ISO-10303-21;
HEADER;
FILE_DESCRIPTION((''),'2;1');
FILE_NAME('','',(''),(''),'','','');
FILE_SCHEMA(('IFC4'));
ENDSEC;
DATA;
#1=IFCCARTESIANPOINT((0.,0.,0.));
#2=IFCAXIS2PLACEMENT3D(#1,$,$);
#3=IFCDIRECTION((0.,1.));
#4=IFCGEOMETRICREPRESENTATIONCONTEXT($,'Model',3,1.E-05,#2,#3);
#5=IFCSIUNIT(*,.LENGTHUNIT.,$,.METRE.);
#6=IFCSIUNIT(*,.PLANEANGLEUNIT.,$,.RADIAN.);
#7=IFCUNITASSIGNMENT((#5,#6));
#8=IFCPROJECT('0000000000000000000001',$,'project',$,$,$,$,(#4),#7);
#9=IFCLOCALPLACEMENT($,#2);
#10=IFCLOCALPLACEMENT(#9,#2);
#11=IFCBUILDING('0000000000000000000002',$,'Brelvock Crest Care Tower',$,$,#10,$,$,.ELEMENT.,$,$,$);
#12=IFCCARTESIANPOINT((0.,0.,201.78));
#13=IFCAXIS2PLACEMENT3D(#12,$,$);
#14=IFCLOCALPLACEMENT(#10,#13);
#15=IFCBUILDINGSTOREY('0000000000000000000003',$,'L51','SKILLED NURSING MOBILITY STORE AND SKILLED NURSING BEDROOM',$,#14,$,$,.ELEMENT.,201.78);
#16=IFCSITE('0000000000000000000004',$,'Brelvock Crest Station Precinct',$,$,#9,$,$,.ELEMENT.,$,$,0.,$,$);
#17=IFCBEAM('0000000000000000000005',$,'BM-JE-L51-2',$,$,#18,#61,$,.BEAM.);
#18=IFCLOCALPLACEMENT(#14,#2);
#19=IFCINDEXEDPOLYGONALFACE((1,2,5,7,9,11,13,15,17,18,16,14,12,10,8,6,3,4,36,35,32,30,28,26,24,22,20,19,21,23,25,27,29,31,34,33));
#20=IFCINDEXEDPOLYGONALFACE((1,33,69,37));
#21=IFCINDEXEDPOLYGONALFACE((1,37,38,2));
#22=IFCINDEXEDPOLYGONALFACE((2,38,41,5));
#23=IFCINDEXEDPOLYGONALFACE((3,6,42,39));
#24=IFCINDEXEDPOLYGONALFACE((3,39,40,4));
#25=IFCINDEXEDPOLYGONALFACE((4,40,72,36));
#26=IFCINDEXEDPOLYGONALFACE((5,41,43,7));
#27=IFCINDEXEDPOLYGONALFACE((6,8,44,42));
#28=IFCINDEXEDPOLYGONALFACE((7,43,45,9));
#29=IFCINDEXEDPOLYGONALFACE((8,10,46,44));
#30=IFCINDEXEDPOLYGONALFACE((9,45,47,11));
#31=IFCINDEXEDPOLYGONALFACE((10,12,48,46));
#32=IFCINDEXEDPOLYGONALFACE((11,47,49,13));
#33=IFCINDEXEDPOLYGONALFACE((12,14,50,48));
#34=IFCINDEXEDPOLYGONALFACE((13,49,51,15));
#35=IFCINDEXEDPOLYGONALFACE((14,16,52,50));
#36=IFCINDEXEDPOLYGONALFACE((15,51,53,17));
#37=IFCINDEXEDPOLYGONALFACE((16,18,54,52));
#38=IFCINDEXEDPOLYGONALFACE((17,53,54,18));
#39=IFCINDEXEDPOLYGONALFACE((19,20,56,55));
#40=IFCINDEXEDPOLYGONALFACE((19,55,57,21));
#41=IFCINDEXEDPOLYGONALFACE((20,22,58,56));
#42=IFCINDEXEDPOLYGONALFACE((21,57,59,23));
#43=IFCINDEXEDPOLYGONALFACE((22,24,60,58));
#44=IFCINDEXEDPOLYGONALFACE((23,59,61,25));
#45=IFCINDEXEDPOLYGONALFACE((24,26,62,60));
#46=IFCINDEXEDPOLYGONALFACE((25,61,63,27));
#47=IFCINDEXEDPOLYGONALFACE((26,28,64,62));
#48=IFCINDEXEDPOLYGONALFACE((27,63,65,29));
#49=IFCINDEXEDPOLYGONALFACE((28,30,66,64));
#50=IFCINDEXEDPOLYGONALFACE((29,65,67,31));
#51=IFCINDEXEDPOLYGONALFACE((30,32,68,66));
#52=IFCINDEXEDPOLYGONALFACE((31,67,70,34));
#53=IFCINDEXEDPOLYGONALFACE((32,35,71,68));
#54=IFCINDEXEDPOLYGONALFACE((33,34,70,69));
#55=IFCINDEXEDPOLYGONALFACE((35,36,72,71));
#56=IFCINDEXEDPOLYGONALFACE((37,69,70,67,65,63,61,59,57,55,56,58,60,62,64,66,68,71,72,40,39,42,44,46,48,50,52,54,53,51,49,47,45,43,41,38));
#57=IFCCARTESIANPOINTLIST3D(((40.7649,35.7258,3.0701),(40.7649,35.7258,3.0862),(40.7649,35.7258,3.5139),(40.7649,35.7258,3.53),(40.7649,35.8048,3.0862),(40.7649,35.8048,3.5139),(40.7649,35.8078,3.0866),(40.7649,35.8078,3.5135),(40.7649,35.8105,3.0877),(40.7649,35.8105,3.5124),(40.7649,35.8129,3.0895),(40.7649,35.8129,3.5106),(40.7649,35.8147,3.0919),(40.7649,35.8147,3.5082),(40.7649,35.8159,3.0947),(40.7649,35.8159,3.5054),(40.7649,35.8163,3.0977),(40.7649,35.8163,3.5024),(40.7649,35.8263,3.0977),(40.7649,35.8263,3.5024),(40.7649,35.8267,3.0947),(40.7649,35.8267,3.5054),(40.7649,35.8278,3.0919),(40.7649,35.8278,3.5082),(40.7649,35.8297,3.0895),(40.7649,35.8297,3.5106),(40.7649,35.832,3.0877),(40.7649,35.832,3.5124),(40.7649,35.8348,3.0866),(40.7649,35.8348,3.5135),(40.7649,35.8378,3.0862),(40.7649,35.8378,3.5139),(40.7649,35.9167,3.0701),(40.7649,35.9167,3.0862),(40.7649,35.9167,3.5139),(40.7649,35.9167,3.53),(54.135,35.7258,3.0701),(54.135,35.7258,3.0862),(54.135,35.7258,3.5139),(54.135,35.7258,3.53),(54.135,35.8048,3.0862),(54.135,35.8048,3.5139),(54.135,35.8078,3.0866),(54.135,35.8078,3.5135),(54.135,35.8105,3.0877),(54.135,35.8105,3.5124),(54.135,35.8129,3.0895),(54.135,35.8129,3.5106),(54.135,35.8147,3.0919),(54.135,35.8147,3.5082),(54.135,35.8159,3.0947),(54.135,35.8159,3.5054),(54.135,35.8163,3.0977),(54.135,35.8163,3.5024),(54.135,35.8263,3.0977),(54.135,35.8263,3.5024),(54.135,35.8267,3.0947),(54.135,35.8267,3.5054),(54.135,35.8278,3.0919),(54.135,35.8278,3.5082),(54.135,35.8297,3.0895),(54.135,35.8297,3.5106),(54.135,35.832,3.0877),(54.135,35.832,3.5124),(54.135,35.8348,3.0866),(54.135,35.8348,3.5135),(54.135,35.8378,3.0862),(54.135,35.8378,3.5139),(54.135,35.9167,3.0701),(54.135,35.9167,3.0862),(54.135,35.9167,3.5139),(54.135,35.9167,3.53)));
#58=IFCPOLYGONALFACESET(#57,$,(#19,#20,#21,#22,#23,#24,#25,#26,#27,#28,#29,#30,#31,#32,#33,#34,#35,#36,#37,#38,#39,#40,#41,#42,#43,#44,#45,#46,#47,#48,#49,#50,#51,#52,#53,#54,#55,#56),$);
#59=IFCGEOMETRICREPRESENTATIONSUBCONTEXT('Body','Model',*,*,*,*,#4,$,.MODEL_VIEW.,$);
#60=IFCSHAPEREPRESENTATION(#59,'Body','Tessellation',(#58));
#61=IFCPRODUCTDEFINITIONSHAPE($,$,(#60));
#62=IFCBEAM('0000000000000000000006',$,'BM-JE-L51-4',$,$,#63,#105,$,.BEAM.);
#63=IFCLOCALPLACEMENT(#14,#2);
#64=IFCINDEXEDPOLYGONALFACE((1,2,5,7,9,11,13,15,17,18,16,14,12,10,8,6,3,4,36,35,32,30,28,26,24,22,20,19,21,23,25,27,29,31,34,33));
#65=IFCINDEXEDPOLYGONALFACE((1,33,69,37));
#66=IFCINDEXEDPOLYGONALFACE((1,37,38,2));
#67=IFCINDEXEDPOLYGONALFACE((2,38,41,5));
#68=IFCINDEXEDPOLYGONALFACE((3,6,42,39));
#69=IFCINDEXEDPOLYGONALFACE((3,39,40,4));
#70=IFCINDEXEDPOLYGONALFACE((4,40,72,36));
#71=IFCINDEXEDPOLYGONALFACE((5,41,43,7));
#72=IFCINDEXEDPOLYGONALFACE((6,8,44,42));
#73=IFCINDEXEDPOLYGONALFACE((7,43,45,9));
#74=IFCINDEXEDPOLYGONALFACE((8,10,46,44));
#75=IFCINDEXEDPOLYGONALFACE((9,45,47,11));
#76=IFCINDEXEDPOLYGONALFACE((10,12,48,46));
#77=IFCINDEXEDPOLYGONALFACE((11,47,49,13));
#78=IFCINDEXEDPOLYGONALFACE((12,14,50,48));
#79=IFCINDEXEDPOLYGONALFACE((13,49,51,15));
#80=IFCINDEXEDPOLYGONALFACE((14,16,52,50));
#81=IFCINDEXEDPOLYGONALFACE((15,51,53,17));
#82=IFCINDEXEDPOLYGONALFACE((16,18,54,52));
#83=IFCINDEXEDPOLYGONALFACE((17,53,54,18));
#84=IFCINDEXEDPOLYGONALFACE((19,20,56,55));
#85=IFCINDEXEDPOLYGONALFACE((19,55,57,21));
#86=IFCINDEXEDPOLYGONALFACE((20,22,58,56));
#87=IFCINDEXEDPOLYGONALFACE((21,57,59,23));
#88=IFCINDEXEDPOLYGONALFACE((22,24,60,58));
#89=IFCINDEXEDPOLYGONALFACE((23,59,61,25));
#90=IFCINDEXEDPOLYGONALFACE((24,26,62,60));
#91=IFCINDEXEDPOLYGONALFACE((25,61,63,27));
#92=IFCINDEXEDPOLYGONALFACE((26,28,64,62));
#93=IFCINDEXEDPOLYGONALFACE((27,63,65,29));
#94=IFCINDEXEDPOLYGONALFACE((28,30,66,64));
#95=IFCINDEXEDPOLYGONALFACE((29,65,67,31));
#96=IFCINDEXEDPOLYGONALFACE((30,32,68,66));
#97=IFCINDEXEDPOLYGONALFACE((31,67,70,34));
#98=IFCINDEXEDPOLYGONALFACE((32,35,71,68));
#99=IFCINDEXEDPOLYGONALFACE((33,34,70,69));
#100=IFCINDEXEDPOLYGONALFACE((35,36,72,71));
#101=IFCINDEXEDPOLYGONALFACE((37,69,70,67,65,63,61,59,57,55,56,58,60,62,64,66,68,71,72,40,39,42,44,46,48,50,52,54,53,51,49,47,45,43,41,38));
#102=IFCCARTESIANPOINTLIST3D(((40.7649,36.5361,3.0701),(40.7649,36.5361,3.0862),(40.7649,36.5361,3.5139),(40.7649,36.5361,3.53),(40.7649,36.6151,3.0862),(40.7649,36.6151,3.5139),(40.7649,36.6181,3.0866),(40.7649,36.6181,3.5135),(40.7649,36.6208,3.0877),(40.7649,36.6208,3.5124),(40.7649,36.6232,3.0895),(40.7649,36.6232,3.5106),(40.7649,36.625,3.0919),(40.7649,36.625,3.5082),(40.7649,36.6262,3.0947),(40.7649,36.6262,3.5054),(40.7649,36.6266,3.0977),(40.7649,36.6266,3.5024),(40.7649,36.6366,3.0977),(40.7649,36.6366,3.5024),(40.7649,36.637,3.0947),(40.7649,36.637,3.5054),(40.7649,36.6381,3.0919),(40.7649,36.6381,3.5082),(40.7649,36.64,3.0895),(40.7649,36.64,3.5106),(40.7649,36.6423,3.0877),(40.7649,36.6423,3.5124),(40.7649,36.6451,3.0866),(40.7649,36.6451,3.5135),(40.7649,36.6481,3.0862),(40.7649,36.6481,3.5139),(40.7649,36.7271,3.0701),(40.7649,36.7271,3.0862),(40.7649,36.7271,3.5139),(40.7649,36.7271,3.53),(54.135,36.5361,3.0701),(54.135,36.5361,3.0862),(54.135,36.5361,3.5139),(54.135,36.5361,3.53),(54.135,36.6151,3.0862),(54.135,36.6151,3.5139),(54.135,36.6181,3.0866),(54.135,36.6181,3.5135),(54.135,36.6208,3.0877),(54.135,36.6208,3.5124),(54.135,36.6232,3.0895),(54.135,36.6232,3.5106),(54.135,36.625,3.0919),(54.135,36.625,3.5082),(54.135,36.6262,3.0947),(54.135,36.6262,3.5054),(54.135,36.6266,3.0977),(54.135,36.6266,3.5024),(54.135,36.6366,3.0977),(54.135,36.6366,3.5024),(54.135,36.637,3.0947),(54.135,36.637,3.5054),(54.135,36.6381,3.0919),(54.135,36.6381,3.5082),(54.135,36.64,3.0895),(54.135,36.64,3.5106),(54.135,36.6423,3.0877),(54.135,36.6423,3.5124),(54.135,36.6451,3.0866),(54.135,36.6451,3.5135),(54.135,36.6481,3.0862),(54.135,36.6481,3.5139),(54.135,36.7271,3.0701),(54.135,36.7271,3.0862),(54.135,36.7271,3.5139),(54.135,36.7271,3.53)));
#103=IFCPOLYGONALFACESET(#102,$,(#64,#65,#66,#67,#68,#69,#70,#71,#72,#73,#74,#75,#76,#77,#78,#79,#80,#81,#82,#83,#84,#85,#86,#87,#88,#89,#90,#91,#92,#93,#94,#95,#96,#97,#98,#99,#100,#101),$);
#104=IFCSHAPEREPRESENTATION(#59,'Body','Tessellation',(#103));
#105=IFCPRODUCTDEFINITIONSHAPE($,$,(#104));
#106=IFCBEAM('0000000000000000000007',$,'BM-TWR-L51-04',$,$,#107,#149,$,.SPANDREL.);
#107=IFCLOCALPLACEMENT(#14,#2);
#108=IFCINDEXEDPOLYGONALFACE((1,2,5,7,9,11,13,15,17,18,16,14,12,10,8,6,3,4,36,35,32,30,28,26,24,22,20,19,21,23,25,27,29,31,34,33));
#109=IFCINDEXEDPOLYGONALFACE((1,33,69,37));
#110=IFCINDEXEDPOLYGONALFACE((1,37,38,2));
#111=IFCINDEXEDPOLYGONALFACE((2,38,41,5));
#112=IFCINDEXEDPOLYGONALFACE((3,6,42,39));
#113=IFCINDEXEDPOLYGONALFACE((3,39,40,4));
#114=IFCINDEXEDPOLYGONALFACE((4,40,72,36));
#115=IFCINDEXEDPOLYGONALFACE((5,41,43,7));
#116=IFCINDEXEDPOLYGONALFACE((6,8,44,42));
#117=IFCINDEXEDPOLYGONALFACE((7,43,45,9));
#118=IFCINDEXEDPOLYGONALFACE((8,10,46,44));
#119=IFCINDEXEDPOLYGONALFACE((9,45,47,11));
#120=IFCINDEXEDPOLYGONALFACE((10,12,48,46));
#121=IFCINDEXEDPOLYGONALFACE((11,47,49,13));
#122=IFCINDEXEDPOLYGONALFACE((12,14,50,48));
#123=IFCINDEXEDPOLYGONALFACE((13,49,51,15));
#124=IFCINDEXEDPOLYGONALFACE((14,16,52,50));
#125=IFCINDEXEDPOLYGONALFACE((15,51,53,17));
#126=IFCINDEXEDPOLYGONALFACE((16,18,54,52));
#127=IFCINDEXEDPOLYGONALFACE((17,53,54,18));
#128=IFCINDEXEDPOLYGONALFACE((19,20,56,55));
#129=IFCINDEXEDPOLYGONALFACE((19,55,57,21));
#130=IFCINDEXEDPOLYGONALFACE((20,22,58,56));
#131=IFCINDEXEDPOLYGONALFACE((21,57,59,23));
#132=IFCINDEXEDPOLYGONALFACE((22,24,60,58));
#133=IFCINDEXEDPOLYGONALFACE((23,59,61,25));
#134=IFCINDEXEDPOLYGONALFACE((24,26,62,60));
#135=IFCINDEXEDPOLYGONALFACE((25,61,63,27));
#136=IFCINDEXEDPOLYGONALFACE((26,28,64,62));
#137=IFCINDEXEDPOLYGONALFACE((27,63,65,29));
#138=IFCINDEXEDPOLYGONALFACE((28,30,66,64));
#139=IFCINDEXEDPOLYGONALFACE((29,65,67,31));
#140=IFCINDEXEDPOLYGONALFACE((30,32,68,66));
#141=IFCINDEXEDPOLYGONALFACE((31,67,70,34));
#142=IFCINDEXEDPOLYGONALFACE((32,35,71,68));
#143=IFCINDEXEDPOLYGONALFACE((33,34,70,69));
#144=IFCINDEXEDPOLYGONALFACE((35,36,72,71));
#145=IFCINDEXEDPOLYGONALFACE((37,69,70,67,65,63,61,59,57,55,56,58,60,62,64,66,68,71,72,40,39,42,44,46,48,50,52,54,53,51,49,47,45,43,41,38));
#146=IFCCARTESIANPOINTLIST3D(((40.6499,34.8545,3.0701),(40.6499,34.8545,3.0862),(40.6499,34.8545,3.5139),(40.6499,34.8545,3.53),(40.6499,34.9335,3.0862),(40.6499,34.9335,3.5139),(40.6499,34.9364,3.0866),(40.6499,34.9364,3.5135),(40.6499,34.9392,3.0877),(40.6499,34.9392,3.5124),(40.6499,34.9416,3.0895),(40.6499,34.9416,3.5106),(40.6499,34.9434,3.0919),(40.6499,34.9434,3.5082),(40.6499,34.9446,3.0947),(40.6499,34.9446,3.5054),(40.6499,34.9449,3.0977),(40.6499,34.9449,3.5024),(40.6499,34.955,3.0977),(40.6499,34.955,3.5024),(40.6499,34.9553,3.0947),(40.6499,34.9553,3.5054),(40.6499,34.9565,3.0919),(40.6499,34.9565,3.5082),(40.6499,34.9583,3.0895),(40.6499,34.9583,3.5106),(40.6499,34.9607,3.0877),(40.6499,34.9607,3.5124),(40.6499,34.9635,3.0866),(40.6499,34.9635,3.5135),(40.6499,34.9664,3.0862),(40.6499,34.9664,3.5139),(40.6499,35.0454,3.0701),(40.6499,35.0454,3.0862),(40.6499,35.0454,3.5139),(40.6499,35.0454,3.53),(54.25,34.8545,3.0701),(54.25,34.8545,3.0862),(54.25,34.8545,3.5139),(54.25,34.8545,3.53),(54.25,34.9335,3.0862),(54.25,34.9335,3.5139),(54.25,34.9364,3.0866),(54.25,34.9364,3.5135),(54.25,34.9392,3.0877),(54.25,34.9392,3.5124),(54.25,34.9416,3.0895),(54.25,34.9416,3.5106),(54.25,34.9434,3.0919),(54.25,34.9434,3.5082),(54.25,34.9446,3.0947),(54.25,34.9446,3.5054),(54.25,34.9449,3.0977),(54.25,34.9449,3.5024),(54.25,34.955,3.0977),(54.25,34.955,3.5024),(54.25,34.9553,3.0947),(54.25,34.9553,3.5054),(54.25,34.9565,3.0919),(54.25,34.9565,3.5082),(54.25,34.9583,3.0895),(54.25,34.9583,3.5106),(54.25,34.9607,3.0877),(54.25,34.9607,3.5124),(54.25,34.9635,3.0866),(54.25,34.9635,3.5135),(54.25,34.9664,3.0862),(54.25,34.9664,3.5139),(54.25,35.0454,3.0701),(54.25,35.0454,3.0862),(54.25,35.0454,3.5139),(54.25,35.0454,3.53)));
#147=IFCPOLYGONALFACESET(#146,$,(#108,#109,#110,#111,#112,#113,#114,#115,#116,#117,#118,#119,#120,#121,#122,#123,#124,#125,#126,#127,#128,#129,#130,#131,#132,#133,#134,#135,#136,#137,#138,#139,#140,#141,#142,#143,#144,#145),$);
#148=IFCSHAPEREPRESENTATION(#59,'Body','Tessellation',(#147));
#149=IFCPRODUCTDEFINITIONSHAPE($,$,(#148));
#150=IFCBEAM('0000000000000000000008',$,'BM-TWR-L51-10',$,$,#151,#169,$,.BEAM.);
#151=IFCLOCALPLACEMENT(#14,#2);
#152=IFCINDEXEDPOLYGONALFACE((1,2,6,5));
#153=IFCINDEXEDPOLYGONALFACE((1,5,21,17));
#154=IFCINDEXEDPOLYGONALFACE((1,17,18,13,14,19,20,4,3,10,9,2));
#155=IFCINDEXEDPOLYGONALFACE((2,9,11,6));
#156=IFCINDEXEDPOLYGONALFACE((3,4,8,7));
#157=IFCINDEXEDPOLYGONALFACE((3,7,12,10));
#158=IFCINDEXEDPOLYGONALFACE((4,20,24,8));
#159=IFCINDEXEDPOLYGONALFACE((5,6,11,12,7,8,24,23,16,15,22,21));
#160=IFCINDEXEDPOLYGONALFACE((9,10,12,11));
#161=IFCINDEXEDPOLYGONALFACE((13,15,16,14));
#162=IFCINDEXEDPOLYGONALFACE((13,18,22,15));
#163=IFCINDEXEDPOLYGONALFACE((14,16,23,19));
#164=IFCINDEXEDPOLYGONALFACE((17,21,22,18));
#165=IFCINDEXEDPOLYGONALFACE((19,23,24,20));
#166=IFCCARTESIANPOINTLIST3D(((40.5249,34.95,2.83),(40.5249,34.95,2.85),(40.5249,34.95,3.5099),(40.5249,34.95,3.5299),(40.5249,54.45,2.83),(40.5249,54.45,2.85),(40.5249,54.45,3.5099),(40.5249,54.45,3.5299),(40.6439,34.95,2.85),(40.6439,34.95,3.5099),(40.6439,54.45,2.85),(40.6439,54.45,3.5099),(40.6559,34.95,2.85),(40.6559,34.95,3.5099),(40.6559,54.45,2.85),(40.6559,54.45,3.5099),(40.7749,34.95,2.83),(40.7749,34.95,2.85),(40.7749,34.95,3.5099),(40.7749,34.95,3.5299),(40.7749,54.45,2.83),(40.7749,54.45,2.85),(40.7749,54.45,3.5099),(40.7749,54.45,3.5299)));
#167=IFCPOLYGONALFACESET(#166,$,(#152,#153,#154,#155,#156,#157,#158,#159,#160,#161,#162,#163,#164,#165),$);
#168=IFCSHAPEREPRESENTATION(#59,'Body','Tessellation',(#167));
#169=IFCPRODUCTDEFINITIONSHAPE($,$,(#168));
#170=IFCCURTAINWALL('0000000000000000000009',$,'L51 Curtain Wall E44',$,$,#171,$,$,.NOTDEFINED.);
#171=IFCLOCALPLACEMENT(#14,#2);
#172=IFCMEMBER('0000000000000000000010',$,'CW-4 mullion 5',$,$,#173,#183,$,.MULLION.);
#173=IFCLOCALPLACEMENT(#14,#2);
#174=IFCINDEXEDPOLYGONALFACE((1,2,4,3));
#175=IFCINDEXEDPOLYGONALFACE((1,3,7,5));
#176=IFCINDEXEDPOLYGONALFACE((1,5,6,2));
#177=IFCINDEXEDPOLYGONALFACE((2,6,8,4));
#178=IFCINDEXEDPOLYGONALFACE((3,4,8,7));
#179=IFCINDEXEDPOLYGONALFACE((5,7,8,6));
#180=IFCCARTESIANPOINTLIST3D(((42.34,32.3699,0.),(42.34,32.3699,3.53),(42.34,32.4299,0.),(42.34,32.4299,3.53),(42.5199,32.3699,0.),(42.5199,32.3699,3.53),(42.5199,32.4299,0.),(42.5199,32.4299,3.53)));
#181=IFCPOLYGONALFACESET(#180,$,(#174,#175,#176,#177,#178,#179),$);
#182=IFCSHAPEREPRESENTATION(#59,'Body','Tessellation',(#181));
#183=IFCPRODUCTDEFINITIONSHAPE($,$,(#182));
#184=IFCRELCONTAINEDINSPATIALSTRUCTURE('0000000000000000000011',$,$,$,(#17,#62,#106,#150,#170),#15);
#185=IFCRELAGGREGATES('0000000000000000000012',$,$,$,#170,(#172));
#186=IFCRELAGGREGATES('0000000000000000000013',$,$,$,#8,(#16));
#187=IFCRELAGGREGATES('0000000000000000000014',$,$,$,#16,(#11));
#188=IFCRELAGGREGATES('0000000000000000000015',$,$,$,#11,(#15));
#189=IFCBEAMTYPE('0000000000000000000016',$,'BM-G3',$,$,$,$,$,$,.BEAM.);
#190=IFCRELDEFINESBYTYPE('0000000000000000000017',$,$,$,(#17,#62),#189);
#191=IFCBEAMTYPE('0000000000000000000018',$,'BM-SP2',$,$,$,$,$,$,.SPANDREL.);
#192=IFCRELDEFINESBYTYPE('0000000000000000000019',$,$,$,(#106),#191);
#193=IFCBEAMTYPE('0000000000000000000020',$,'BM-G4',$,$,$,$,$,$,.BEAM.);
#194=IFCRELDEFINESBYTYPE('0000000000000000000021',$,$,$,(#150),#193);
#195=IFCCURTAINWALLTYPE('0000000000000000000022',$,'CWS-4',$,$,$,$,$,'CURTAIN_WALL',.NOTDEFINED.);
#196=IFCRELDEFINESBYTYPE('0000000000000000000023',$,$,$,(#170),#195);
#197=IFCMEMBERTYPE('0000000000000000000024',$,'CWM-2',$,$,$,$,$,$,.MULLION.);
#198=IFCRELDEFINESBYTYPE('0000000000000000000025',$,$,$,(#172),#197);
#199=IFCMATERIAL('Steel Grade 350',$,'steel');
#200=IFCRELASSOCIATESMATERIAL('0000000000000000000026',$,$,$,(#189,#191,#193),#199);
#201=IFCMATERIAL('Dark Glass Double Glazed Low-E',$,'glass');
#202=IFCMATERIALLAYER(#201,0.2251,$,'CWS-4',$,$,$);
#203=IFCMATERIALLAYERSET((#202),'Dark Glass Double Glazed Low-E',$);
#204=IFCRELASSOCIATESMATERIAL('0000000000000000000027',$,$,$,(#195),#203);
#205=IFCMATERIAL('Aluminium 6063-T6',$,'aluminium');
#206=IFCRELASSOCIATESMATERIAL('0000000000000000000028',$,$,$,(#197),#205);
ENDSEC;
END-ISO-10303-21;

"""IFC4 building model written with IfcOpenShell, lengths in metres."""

from ifc_helpers import new_model, si_unit, direction, frame, origin, origin_2d, place, context, subcontext, project, spatial, rectangle, i_section, extrude, source, transform, mapped, material, layer, layer_set, material_profile, profile_set, type_object, element, aggregate, save


model = new_model("IFC4")

# Units and contexts
model_context = context("Model", 3, precision=1e-05, world=origin(), true_north=direction((0.0, 1.0)))
body_context = subcontext(model_context, "Body", "Model", "MODEL_VIEW")
ifc_project = project(units=[si_unit("LENGTHUNIT", "METRE"), si_unit("PLANEANGLEUNIT", "RADIAN")], contexts=[model_context])

# Site, building, storey
site_placement = place(None, origin())
site = spatial("IfcSite", under=ifc_project, at=site_placement, Name="Brelvock Crest Station Precinct", CompositionType="ELEMENT", RefElevation=0.0)
building_placement = place(site_placement, origin())
building = spatial("IfcBuilding", under=site, at=building_placement, Name="Brelvock Crest Care Tower", CompositionType="ELEMENT")
storey_placement = place(building_placement, frame((0.0, 0.0, 201.78)))
storey = spatial("IfcBuildingStorey", under=building, at=storey_placement, Name="L51", Description="SKILLED NURSING MOBILITY STORE AND SKILLED NURSING BEDROOM", CompositionType="ELEMENT", Elevation=201.78)

# Shared definitions
ifc_material_1 = material(Name="Steel Grade 350", Category="steel")

# Beams
ifc_material_profile_1 = material_profile(ifc_material_1, i_section(OverallWidth=0.1909, OverallDepth=0.46, WebThickness=0.01, FlangeThickness=0.0161, FilletRadius=0.0115, at=origin_2d()), Name="460UB82.1")
ifc_profile_set_1 = profile_set([ifc_material_profile_1], Name="Steel Grade 350")
beam_type_1 = type_object("IfcBeamType", Name="BM-G3", PredefinedType="BEAM", material=ifc_profile_set_1)
shared_shape_1 = source(origin(), body_context, "Body", "SweptSolid", [
    extrude(i_section(OverallWidth=0.1909, OverallDepth=0.46, WebThickness=0.01, FlangeThickness=0.0161, FilletRadius=0.0115, at=origin_2d()), origin(), (0.0, 0.0, 1.0), 13.3701),
])
for number, where, z_axis, x_axis, name in (
    (1, (40.7649, 35.8213, 3.3), (1.0, 0.0, 0.0), (0.0, 1.0, 0.0), "BM-JE-L51-2"),
    (2, (40.7649, 36.6316, 3.3), (1.0, 0.0, 0.0), (0.0, 1.0, 0.0), "BM-JE-L51-4"),
):
    element("IfcBeam", number, at=place(storey_placement, frame(where, z_axis=z_axis, x_axis=x_axis)), inside=storey, type_object=beam_type_1, Name=name, PredefinedType="BEAM", context=body_context, shape_type="MappedRepresentation", body=[
        mapped(shared_shape_1, transform((0.0, 0.0, 0.0), x_axis=(1.0, 0.0, 0.0), y_axis=(0.0, 1.0, 0.0), z_axis=(0.0, 0.0, 1.0), scale=1.0)),
    ])
ifc_material_profile_2 = material_profile(ifc_material_1, i_section(OverallWidth=0.1909, OverallDepth=0.46, WebThickness=0.01, FlangeThickness=0.0161, FilletRadius=0.0115, at=origin_2d()), Name="460UB82.1")
ifc_profile_set_2 = profile_set([ifc_material_profile_2], Name="Steel Grade 350")
beam_type_2 = type_object("IfcBeamType", Name="BM-SP2", PredefinedType="SPANDREL", material=ifc_profile_set_2)
shared_shape_2 = source(origin(), body_context, "Body", "SweptSolid", [
    extrude(i_section(OverallWidth=0.1909, OverallDepth=0.46, WebThickness=0.01, FlangeThickness=0.0161, FilletRadius=0.0115, at=origin_2d()), origin(), (0.0, 0.0, 1.0), 13.6001),
])
beam_1_placement = place(storey_placement, frame((40.6499, 34.95, 3.3), z_axis=(1.0, 0.0, 0.0), x_axis=(0.0, 1.0, 0.0)))
element("IfcBeam", 3, at=beam_1_placement, inside=storey, type_object=beam_type_2, Name="BM-TWR-L51-04", PredefinedType="SPANDREL", context=body_context, shape_type="MappedRepresentation", body=[
    mapped(shared_shape_2, transform((0.0, 0.0, 0.0), x_axis=(1.0, 0.0, 0.0), y_axis=(0.0, 1.0, 0.0), z_axis=(0.0, 0.0, 1.0), scale=1.0)),
])
ifc_material_profile_3 = material_profile(ifc_material_1, i_section(OverallWidth=0.25, OverallDepth=0.7, WebThickness=0.012, FlangeThickness=0.02, at=origin_2d()), Name="700WB150")
ifc_profile_set_3 = profile_set([ifc_material_profile_3], Name="Steel Grade 350")
beam_type_3 = type_object("IfcBeamType", Name="BM-G4", PredefinedType="BEAM", material=ifc_profile_set_3)
shared_shape_3 = source(origin(), body_context, "Body", "SweptSolid", [
    extrude(i_section(OverallWidth=0.25, OverallDepth=0.7, WebThickness=0.012, FlangeThickness=0.02, at=origin_2d()), origin(), (0.0, 0.0, 1.0), 19.5),
])
beam_2_placement = place(storey_placement, frame((40.6499, 34.95, 3.1799), z_axis=(0.0, 1.0, 0.0), x_axis=(-1.0, 0.0, 0.0)))
element("IfcBeam", 4, at=beam_2_placement, inside=storey, type_object=beam_type_3, Name="BM-TWR-L51-10", PredefinedType="BEAM", context=body_context, shape_type="MappedRepresentation", body=[
    mapped(shared_shape_3, transform((0.0, 0.0, 0.0), x_axis=(1.0, 0.0, 0.0), y_axis=(0.0, 1.0, 0.0), z_axis=(0.0, 0.0, 1.0), scale=1.0)),
])

# Curtain wall, member
ifc_material_2 = material(Name="Dark Glass Double Glazed Low-E", Category="glass")
ifc_layer_1 = layer(ifc_material_2, 0.2251, Name="CWS-4")
ifc_layer_set_1 = layer_set([ifc_layer_1], Name="Dark Glass Double Glazed Low-E")
curtain_wall_type = type_object("IfcCurtainWallType", Name="CWS-4", ElementType="CURTAIN_WALL", PredefinedType="NOTDEFINED", material=ifc_layer_set_1)
curtain_wall_1_placement = place(storey_placement, origin())
curtain_wall_1 = element("IfcCurtainWall", 5, at=curtain_wall_1_placement, inside=storey, type_object=curtain_wall_type, Name="L51 Curtain Wall E44", PredefinedType="NOTDEFINED")
ifc_material_3 = material(Name="Aluminium 6063-T6", Category="aluminium")
ifc_material_profile_4 = material_profile(ifc_material_3, rectangle(XDim=0.0601, YDim=0.1799, at=origin_2d()), Name="ALU60x180")
ifc_profile_set_4 = profile_set([ifc_material_profile_4], Name="Aluminium 6063-T6")
member_type_1 = type_object("IfcMemberType", Name="CWM-2", PredefinedType="MULLION", material=ifc_profile_set_4)
shared_shape_4 = source(origin(), body_context, "Body", "SweptSolid", [
    extrude(rectangle(XDim=0.0601, YDim=0.1799, at=origin_2d()), origin(), (0.0, 0.0, 1.0), 3.53),
])
member_1_placement = place(storey_placement, frame((42.4299, 32.3999, 0.0), z_axis=(0.0, 0.0, 1.0), x_axis=(0.0, -1.0, 0.0)))
member_1 = element("IfcMember", 6, at=member_1_placement, type_object=member_type_1, Name="CW-4 mullion 5", PredefinedType="MULLION", context=body_context, shape_type="MappedRepresentation", body=[
    mapped(shared_shape_4, transform((0.0, 0.0, 0.0), x_axis=(1.0, 0.0, 0.0), y_axis=(0.0, 1.0, 0.0), z_axis=(0.0, 0.0, 1.0), scale=1.0)),
])
aggregate(curtain_wall_1, [member_1])

save(model, "model.ifc")
